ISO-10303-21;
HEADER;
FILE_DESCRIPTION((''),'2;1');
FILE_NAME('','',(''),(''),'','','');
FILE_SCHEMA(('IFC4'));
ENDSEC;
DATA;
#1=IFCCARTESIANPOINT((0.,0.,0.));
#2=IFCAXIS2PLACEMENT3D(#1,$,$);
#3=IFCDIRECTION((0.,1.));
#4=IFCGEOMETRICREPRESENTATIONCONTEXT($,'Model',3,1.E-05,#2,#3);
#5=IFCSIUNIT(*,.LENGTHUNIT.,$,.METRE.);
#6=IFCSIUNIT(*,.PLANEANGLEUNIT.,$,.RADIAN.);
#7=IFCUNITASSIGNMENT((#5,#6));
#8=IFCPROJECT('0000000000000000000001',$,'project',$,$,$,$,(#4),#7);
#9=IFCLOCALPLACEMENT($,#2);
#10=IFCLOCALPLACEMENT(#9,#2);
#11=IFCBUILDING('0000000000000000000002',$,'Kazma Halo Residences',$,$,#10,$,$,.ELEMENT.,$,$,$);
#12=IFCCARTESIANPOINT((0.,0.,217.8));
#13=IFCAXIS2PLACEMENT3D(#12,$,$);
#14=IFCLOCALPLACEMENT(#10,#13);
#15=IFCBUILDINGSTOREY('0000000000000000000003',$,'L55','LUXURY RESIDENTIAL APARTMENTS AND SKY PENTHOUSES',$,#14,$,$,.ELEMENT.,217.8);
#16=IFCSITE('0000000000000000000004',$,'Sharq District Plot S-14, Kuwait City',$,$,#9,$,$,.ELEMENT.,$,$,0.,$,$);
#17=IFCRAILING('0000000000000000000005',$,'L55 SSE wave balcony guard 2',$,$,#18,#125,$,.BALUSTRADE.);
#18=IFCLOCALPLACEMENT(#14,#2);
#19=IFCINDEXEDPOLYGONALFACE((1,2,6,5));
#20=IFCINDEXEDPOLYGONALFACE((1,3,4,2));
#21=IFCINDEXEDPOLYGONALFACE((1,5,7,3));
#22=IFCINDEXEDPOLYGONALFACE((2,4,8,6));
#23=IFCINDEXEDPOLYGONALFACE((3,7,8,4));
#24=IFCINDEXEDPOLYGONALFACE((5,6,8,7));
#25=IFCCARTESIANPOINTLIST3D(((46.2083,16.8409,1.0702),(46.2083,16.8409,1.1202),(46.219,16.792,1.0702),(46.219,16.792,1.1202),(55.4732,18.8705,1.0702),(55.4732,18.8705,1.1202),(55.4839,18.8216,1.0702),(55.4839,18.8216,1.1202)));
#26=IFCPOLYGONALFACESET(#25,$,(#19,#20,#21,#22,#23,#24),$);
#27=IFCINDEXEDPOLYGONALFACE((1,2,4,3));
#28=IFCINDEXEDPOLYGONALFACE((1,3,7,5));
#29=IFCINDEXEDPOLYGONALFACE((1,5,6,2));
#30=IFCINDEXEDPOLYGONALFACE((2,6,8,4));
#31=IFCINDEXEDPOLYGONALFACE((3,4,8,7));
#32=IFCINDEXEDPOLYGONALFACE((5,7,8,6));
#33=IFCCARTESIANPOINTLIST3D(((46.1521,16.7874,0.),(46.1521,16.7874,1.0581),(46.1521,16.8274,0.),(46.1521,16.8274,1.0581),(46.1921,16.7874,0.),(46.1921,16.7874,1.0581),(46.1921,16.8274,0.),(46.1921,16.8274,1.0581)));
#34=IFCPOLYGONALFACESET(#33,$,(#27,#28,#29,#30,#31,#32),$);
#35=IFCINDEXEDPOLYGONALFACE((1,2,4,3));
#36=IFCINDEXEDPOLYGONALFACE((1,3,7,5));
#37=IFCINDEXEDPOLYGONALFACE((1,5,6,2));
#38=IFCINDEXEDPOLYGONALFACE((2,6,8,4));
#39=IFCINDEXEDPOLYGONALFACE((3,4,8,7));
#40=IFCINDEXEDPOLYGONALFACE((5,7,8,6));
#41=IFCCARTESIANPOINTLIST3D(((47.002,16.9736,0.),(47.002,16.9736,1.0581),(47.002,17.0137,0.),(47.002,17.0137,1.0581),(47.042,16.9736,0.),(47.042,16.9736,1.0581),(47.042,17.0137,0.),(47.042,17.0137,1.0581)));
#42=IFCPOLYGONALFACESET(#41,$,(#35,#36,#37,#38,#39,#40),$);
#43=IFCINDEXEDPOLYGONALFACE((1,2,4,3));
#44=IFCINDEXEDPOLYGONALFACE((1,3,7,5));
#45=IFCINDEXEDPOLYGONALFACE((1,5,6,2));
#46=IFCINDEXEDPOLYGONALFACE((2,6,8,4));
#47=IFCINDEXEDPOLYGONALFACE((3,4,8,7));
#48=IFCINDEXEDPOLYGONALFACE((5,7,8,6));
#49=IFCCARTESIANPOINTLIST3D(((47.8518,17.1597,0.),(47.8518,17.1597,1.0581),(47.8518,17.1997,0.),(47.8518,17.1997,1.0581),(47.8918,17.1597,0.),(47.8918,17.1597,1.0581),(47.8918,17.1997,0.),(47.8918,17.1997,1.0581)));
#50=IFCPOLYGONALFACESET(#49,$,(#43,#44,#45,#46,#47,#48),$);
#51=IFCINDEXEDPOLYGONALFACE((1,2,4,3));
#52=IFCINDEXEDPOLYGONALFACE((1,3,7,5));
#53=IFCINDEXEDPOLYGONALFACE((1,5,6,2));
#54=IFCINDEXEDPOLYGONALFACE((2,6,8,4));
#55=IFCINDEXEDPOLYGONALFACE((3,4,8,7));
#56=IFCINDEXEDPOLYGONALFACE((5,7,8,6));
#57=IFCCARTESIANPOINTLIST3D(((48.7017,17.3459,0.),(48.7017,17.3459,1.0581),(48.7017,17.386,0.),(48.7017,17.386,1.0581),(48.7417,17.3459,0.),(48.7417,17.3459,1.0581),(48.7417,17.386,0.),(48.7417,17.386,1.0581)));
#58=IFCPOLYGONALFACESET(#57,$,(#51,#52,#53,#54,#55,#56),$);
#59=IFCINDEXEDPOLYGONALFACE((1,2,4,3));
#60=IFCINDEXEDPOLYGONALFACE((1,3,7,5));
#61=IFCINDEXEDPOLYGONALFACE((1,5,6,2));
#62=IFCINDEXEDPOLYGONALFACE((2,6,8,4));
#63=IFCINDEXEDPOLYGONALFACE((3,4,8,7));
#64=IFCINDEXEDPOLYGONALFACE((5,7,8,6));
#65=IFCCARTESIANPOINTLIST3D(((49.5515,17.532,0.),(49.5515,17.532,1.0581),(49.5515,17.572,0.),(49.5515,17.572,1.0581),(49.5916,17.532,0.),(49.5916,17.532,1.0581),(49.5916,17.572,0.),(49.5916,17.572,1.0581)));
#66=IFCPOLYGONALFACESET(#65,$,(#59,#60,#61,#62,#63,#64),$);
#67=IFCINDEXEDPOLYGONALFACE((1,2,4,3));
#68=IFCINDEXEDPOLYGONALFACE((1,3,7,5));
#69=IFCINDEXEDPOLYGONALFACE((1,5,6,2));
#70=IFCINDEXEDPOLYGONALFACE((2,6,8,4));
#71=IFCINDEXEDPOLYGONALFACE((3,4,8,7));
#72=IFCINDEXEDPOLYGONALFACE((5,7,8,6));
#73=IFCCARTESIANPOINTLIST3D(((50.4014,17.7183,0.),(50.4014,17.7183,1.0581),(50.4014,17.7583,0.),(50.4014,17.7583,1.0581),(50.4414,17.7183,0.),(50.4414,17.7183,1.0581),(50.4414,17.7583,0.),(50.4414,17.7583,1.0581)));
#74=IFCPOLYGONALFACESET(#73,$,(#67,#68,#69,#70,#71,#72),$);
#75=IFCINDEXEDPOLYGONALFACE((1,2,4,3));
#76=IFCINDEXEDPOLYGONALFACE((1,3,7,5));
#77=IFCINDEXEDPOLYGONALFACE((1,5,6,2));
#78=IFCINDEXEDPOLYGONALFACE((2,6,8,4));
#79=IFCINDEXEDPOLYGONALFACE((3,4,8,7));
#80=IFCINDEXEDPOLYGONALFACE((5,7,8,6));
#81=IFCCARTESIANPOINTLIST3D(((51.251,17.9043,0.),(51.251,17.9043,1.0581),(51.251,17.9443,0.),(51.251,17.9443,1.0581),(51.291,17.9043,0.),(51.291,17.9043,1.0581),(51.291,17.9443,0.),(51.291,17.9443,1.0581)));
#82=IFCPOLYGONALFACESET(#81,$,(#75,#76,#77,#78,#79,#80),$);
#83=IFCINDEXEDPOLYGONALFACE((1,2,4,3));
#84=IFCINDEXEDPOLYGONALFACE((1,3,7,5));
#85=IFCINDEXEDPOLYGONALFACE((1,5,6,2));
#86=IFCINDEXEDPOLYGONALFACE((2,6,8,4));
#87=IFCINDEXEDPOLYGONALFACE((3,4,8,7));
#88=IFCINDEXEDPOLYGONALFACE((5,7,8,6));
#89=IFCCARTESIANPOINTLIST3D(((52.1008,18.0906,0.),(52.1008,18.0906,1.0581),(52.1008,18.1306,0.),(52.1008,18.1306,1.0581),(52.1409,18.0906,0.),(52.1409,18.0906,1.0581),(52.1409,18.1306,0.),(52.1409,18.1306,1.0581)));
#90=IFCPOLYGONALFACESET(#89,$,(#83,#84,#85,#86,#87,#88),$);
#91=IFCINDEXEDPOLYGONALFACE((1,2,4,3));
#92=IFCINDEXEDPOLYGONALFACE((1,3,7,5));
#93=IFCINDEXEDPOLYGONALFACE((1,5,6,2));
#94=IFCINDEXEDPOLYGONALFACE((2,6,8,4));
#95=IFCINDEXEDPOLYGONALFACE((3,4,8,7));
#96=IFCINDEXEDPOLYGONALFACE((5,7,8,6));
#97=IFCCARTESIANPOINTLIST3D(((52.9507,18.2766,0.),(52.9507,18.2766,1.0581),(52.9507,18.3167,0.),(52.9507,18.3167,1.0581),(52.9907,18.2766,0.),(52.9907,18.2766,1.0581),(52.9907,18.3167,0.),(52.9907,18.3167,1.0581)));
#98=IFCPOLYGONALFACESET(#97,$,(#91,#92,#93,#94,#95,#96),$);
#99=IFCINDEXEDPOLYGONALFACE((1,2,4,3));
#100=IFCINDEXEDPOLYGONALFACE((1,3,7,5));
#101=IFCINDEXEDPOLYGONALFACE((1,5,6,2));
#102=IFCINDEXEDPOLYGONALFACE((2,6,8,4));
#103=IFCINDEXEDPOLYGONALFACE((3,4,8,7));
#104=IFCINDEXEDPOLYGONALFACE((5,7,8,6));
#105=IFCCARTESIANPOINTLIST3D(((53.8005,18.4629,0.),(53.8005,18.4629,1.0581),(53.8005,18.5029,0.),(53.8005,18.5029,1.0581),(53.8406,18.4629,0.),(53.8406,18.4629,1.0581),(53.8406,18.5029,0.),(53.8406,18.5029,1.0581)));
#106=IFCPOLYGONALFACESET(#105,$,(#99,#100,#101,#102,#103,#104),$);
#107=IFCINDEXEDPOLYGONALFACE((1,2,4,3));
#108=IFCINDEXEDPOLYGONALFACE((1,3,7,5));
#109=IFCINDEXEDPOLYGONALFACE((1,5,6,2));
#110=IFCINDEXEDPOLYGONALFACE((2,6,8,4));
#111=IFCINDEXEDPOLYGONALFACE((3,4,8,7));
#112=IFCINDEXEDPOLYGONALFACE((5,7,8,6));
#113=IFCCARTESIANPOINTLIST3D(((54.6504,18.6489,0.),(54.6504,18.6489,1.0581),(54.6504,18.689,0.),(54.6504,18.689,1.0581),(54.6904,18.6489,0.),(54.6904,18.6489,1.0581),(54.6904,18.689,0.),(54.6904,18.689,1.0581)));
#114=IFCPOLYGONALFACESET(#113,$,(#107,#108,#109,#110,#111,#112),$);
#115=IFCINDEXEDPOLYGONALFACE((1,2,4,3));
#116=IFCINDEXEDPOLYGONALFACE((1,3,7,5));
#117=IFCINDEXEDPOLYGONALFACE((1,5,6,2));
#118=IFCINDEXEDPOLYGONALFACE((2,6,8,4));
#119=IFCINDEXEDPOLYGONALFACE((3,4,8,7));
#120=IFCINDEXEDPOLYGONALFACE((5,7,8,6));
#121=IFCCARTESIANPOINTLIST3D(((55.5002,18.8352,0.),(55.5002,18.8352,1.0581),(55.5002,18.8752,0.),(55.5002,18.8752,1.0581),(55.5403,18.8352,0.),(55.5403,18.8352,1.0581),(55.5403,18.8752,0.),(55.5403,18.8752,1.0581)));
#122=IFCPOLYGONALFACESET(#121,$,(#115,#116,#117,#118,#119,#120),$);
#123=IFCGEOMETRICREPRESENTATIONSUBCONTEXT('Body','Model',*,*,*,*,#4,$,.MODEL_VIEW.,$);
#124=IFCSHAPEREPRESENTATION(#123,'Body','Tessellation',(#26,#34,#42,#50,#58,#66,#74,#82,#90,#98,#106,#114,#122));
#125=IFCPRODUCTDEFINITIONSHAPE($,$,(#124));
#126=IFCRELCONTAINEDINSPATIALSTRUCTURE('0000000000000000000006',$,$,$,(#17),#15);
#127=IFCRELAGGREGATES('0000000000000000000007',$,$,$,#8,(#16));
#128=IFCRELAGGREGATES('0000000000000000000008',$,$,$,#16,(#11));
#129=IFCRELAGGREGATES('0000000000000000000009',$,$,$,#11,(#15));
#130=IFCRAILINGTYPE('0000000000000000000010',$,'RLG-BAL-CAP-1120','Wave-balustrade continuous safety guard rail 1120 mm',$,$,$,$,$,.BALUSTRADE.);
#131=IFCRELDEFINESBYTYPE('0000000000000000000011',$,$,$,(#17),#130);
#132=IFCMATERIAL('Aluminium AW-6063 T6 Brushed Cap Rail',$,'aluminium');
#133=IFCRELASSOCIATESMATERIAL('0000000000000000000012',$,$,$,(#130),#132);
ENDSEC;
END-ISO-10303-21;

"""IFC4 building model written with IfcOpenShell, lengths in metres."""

from ifc_helpers import new_model, si_unit, direction, frame, origin, origin_2d, place, context, subcontext, project, spatial, rectangle, extrude, material, type_object, element, save


model = new_model("IFC4")

# Units and contexts
model_context = context("Model", 3, precision=1e-05, world=origin(), true_north=direction((0.0, 1.0)))
body_context = subcontext(model_context, "Body", "Model", "MODEL_VIEW")
ifc_project = project(units=[si_unit("LENGTHUNIT", "METRE"), si_unit("PLANEANGLEUNIT", "RADIAN")], contexts=[model_context])

# Site, building, storey
site_placement = place(None, origin())
site = spatial("IfcSite", under=ifc_project, at=site_placement, Name="Sharq District Plot S-14, Kuwait City", CompositionType="ELEMENT", RefElevation=0.0)
building_placement = place(site_placement, origin())
building = spatial("IfcBuilding", under=site, at=building_placement, Name="Kazma Halo Residences", CompositionType="ELEMENT")
storey_placement = place(building_placement, frame((0.0, 0.0, 217.8)))
storey = spatial("IfcBuildingStorey", under=building, at=storey_placement, Name="L55", Description="LUXURY RESIDENTIAL APARTMENTS AND SKY PENTHOUSES", CompositionType="ELEMENT", Elevation=217.8)

# Railing
ifc_material_1 = material(Name="Aluminium AW-6063 T6 Brushed Cap Rail", Category="aluminium")
railing_type = type_object("IfcRailingType", Name="RLG-BAL-CAP-1120", Description="Wave-balustrade continuous safety guard rail 1120 mm", PredefinedType="BALUSTRADE", material=ifc_material_1)
railing_1_placement = place(storey_placement, frame((46.1721, 16.8074, 0.0)))
element("IfcRailing", 1, at=railing_1_placement, inside=storey, type_object=railing_type, Name="L55 SSE wave balcony guard 2", PredefinedType="BALUSTRADE", context=body_context, shape_type="SweptSolid", body=[
    extrude(rectangle(XDim=0.05, YDim=0.05, at=origin_2d()), frame((0.0415, 0.009, 1.0952), z_axis=(0.976836, 0.213991, 0.0), x_axis=(-0.213991, 0.976836, 0.0)), (0.0, 0.0, 1.0), 9.4846),
    extrude(rectangle(XDim=0.04, YDim=0.04, at=origin_2d()), origin(), (0.0, 0.0, 1.0), 1.0581),
    extrude(rectangle(XDim=0.04, YDim=0.04, at=origin_2d()), frame((0.8499, 0.1863, 0.0)), (0.0, 0.0, 1.0), 1.0581),
    extrude(rectangle(XDim=0.04, YDim=0.04, at=origin_2d()), frame((1.6997, 0.3723, 0.0)), (0.0, 0.0, 1.0), 1.0581),
    extrude(rectangle(XDim=0.04, YDim=0.04, at=origin_2d()), frame((2.5496, 0.5586, 0.0)), (0.0, 0.0, 1.0), 1.0581),
    extrude(rectangle(XDim=0.04, YDim=0.04, at=origin_2d()), frame((3.3994, 0.7446, 0.0)), (0.0, 0.0, 1.0), 1.0581),
    extrude(rectangle(XDim=0.04, YDim=0.04, at=origin_2d()), frame((4.2493, 0.9309, 0.0)), (0.0, 0.0, 1.0), 1.0581),
    extrude(rectangle(XDim=0.04, YDim=0.04, at=origin_2d()), frame((5.0989, 1.1169, 0.0)), (0.0, 0.0, 1.0), 1.0581),
    extrude(rectangle(XDim=0.04, YDim=0.04, at=origin_2d()), frame((5.9487, 1.3032, 0.0)), (0.0, 0.0, 1.0), 1.0581),
    extrude(rectangle(XDim=0.04, YDim=0.04, at=origin_2d()), frame((6.7986, 1.4893, 0.0)), (0.0, 0.0, 1.0), 1.0581),
    extrude(rectangle(XDim=0.04, YDim=0.04, at=origin_2d()), frame((7.6484, 1.6755, 0.0)), (0.0, 0.0, 1.0), 1.0581),
    extrude(rectangle(XDim=0.04, YDim=0.04, at=origin_2d()), frame((8.4983, 1.8616, 0.0)), (0.0, 0.0, 1.0), 1.0581),
    extrude(rectangle(XDim=0.04, YDim=0.04, at=origin_2d()), frame((9.3481, 2.0479, 0.0)), (0.0, 0.0, 1.0), 1.0581),
])

save(model, "model.ifc")
